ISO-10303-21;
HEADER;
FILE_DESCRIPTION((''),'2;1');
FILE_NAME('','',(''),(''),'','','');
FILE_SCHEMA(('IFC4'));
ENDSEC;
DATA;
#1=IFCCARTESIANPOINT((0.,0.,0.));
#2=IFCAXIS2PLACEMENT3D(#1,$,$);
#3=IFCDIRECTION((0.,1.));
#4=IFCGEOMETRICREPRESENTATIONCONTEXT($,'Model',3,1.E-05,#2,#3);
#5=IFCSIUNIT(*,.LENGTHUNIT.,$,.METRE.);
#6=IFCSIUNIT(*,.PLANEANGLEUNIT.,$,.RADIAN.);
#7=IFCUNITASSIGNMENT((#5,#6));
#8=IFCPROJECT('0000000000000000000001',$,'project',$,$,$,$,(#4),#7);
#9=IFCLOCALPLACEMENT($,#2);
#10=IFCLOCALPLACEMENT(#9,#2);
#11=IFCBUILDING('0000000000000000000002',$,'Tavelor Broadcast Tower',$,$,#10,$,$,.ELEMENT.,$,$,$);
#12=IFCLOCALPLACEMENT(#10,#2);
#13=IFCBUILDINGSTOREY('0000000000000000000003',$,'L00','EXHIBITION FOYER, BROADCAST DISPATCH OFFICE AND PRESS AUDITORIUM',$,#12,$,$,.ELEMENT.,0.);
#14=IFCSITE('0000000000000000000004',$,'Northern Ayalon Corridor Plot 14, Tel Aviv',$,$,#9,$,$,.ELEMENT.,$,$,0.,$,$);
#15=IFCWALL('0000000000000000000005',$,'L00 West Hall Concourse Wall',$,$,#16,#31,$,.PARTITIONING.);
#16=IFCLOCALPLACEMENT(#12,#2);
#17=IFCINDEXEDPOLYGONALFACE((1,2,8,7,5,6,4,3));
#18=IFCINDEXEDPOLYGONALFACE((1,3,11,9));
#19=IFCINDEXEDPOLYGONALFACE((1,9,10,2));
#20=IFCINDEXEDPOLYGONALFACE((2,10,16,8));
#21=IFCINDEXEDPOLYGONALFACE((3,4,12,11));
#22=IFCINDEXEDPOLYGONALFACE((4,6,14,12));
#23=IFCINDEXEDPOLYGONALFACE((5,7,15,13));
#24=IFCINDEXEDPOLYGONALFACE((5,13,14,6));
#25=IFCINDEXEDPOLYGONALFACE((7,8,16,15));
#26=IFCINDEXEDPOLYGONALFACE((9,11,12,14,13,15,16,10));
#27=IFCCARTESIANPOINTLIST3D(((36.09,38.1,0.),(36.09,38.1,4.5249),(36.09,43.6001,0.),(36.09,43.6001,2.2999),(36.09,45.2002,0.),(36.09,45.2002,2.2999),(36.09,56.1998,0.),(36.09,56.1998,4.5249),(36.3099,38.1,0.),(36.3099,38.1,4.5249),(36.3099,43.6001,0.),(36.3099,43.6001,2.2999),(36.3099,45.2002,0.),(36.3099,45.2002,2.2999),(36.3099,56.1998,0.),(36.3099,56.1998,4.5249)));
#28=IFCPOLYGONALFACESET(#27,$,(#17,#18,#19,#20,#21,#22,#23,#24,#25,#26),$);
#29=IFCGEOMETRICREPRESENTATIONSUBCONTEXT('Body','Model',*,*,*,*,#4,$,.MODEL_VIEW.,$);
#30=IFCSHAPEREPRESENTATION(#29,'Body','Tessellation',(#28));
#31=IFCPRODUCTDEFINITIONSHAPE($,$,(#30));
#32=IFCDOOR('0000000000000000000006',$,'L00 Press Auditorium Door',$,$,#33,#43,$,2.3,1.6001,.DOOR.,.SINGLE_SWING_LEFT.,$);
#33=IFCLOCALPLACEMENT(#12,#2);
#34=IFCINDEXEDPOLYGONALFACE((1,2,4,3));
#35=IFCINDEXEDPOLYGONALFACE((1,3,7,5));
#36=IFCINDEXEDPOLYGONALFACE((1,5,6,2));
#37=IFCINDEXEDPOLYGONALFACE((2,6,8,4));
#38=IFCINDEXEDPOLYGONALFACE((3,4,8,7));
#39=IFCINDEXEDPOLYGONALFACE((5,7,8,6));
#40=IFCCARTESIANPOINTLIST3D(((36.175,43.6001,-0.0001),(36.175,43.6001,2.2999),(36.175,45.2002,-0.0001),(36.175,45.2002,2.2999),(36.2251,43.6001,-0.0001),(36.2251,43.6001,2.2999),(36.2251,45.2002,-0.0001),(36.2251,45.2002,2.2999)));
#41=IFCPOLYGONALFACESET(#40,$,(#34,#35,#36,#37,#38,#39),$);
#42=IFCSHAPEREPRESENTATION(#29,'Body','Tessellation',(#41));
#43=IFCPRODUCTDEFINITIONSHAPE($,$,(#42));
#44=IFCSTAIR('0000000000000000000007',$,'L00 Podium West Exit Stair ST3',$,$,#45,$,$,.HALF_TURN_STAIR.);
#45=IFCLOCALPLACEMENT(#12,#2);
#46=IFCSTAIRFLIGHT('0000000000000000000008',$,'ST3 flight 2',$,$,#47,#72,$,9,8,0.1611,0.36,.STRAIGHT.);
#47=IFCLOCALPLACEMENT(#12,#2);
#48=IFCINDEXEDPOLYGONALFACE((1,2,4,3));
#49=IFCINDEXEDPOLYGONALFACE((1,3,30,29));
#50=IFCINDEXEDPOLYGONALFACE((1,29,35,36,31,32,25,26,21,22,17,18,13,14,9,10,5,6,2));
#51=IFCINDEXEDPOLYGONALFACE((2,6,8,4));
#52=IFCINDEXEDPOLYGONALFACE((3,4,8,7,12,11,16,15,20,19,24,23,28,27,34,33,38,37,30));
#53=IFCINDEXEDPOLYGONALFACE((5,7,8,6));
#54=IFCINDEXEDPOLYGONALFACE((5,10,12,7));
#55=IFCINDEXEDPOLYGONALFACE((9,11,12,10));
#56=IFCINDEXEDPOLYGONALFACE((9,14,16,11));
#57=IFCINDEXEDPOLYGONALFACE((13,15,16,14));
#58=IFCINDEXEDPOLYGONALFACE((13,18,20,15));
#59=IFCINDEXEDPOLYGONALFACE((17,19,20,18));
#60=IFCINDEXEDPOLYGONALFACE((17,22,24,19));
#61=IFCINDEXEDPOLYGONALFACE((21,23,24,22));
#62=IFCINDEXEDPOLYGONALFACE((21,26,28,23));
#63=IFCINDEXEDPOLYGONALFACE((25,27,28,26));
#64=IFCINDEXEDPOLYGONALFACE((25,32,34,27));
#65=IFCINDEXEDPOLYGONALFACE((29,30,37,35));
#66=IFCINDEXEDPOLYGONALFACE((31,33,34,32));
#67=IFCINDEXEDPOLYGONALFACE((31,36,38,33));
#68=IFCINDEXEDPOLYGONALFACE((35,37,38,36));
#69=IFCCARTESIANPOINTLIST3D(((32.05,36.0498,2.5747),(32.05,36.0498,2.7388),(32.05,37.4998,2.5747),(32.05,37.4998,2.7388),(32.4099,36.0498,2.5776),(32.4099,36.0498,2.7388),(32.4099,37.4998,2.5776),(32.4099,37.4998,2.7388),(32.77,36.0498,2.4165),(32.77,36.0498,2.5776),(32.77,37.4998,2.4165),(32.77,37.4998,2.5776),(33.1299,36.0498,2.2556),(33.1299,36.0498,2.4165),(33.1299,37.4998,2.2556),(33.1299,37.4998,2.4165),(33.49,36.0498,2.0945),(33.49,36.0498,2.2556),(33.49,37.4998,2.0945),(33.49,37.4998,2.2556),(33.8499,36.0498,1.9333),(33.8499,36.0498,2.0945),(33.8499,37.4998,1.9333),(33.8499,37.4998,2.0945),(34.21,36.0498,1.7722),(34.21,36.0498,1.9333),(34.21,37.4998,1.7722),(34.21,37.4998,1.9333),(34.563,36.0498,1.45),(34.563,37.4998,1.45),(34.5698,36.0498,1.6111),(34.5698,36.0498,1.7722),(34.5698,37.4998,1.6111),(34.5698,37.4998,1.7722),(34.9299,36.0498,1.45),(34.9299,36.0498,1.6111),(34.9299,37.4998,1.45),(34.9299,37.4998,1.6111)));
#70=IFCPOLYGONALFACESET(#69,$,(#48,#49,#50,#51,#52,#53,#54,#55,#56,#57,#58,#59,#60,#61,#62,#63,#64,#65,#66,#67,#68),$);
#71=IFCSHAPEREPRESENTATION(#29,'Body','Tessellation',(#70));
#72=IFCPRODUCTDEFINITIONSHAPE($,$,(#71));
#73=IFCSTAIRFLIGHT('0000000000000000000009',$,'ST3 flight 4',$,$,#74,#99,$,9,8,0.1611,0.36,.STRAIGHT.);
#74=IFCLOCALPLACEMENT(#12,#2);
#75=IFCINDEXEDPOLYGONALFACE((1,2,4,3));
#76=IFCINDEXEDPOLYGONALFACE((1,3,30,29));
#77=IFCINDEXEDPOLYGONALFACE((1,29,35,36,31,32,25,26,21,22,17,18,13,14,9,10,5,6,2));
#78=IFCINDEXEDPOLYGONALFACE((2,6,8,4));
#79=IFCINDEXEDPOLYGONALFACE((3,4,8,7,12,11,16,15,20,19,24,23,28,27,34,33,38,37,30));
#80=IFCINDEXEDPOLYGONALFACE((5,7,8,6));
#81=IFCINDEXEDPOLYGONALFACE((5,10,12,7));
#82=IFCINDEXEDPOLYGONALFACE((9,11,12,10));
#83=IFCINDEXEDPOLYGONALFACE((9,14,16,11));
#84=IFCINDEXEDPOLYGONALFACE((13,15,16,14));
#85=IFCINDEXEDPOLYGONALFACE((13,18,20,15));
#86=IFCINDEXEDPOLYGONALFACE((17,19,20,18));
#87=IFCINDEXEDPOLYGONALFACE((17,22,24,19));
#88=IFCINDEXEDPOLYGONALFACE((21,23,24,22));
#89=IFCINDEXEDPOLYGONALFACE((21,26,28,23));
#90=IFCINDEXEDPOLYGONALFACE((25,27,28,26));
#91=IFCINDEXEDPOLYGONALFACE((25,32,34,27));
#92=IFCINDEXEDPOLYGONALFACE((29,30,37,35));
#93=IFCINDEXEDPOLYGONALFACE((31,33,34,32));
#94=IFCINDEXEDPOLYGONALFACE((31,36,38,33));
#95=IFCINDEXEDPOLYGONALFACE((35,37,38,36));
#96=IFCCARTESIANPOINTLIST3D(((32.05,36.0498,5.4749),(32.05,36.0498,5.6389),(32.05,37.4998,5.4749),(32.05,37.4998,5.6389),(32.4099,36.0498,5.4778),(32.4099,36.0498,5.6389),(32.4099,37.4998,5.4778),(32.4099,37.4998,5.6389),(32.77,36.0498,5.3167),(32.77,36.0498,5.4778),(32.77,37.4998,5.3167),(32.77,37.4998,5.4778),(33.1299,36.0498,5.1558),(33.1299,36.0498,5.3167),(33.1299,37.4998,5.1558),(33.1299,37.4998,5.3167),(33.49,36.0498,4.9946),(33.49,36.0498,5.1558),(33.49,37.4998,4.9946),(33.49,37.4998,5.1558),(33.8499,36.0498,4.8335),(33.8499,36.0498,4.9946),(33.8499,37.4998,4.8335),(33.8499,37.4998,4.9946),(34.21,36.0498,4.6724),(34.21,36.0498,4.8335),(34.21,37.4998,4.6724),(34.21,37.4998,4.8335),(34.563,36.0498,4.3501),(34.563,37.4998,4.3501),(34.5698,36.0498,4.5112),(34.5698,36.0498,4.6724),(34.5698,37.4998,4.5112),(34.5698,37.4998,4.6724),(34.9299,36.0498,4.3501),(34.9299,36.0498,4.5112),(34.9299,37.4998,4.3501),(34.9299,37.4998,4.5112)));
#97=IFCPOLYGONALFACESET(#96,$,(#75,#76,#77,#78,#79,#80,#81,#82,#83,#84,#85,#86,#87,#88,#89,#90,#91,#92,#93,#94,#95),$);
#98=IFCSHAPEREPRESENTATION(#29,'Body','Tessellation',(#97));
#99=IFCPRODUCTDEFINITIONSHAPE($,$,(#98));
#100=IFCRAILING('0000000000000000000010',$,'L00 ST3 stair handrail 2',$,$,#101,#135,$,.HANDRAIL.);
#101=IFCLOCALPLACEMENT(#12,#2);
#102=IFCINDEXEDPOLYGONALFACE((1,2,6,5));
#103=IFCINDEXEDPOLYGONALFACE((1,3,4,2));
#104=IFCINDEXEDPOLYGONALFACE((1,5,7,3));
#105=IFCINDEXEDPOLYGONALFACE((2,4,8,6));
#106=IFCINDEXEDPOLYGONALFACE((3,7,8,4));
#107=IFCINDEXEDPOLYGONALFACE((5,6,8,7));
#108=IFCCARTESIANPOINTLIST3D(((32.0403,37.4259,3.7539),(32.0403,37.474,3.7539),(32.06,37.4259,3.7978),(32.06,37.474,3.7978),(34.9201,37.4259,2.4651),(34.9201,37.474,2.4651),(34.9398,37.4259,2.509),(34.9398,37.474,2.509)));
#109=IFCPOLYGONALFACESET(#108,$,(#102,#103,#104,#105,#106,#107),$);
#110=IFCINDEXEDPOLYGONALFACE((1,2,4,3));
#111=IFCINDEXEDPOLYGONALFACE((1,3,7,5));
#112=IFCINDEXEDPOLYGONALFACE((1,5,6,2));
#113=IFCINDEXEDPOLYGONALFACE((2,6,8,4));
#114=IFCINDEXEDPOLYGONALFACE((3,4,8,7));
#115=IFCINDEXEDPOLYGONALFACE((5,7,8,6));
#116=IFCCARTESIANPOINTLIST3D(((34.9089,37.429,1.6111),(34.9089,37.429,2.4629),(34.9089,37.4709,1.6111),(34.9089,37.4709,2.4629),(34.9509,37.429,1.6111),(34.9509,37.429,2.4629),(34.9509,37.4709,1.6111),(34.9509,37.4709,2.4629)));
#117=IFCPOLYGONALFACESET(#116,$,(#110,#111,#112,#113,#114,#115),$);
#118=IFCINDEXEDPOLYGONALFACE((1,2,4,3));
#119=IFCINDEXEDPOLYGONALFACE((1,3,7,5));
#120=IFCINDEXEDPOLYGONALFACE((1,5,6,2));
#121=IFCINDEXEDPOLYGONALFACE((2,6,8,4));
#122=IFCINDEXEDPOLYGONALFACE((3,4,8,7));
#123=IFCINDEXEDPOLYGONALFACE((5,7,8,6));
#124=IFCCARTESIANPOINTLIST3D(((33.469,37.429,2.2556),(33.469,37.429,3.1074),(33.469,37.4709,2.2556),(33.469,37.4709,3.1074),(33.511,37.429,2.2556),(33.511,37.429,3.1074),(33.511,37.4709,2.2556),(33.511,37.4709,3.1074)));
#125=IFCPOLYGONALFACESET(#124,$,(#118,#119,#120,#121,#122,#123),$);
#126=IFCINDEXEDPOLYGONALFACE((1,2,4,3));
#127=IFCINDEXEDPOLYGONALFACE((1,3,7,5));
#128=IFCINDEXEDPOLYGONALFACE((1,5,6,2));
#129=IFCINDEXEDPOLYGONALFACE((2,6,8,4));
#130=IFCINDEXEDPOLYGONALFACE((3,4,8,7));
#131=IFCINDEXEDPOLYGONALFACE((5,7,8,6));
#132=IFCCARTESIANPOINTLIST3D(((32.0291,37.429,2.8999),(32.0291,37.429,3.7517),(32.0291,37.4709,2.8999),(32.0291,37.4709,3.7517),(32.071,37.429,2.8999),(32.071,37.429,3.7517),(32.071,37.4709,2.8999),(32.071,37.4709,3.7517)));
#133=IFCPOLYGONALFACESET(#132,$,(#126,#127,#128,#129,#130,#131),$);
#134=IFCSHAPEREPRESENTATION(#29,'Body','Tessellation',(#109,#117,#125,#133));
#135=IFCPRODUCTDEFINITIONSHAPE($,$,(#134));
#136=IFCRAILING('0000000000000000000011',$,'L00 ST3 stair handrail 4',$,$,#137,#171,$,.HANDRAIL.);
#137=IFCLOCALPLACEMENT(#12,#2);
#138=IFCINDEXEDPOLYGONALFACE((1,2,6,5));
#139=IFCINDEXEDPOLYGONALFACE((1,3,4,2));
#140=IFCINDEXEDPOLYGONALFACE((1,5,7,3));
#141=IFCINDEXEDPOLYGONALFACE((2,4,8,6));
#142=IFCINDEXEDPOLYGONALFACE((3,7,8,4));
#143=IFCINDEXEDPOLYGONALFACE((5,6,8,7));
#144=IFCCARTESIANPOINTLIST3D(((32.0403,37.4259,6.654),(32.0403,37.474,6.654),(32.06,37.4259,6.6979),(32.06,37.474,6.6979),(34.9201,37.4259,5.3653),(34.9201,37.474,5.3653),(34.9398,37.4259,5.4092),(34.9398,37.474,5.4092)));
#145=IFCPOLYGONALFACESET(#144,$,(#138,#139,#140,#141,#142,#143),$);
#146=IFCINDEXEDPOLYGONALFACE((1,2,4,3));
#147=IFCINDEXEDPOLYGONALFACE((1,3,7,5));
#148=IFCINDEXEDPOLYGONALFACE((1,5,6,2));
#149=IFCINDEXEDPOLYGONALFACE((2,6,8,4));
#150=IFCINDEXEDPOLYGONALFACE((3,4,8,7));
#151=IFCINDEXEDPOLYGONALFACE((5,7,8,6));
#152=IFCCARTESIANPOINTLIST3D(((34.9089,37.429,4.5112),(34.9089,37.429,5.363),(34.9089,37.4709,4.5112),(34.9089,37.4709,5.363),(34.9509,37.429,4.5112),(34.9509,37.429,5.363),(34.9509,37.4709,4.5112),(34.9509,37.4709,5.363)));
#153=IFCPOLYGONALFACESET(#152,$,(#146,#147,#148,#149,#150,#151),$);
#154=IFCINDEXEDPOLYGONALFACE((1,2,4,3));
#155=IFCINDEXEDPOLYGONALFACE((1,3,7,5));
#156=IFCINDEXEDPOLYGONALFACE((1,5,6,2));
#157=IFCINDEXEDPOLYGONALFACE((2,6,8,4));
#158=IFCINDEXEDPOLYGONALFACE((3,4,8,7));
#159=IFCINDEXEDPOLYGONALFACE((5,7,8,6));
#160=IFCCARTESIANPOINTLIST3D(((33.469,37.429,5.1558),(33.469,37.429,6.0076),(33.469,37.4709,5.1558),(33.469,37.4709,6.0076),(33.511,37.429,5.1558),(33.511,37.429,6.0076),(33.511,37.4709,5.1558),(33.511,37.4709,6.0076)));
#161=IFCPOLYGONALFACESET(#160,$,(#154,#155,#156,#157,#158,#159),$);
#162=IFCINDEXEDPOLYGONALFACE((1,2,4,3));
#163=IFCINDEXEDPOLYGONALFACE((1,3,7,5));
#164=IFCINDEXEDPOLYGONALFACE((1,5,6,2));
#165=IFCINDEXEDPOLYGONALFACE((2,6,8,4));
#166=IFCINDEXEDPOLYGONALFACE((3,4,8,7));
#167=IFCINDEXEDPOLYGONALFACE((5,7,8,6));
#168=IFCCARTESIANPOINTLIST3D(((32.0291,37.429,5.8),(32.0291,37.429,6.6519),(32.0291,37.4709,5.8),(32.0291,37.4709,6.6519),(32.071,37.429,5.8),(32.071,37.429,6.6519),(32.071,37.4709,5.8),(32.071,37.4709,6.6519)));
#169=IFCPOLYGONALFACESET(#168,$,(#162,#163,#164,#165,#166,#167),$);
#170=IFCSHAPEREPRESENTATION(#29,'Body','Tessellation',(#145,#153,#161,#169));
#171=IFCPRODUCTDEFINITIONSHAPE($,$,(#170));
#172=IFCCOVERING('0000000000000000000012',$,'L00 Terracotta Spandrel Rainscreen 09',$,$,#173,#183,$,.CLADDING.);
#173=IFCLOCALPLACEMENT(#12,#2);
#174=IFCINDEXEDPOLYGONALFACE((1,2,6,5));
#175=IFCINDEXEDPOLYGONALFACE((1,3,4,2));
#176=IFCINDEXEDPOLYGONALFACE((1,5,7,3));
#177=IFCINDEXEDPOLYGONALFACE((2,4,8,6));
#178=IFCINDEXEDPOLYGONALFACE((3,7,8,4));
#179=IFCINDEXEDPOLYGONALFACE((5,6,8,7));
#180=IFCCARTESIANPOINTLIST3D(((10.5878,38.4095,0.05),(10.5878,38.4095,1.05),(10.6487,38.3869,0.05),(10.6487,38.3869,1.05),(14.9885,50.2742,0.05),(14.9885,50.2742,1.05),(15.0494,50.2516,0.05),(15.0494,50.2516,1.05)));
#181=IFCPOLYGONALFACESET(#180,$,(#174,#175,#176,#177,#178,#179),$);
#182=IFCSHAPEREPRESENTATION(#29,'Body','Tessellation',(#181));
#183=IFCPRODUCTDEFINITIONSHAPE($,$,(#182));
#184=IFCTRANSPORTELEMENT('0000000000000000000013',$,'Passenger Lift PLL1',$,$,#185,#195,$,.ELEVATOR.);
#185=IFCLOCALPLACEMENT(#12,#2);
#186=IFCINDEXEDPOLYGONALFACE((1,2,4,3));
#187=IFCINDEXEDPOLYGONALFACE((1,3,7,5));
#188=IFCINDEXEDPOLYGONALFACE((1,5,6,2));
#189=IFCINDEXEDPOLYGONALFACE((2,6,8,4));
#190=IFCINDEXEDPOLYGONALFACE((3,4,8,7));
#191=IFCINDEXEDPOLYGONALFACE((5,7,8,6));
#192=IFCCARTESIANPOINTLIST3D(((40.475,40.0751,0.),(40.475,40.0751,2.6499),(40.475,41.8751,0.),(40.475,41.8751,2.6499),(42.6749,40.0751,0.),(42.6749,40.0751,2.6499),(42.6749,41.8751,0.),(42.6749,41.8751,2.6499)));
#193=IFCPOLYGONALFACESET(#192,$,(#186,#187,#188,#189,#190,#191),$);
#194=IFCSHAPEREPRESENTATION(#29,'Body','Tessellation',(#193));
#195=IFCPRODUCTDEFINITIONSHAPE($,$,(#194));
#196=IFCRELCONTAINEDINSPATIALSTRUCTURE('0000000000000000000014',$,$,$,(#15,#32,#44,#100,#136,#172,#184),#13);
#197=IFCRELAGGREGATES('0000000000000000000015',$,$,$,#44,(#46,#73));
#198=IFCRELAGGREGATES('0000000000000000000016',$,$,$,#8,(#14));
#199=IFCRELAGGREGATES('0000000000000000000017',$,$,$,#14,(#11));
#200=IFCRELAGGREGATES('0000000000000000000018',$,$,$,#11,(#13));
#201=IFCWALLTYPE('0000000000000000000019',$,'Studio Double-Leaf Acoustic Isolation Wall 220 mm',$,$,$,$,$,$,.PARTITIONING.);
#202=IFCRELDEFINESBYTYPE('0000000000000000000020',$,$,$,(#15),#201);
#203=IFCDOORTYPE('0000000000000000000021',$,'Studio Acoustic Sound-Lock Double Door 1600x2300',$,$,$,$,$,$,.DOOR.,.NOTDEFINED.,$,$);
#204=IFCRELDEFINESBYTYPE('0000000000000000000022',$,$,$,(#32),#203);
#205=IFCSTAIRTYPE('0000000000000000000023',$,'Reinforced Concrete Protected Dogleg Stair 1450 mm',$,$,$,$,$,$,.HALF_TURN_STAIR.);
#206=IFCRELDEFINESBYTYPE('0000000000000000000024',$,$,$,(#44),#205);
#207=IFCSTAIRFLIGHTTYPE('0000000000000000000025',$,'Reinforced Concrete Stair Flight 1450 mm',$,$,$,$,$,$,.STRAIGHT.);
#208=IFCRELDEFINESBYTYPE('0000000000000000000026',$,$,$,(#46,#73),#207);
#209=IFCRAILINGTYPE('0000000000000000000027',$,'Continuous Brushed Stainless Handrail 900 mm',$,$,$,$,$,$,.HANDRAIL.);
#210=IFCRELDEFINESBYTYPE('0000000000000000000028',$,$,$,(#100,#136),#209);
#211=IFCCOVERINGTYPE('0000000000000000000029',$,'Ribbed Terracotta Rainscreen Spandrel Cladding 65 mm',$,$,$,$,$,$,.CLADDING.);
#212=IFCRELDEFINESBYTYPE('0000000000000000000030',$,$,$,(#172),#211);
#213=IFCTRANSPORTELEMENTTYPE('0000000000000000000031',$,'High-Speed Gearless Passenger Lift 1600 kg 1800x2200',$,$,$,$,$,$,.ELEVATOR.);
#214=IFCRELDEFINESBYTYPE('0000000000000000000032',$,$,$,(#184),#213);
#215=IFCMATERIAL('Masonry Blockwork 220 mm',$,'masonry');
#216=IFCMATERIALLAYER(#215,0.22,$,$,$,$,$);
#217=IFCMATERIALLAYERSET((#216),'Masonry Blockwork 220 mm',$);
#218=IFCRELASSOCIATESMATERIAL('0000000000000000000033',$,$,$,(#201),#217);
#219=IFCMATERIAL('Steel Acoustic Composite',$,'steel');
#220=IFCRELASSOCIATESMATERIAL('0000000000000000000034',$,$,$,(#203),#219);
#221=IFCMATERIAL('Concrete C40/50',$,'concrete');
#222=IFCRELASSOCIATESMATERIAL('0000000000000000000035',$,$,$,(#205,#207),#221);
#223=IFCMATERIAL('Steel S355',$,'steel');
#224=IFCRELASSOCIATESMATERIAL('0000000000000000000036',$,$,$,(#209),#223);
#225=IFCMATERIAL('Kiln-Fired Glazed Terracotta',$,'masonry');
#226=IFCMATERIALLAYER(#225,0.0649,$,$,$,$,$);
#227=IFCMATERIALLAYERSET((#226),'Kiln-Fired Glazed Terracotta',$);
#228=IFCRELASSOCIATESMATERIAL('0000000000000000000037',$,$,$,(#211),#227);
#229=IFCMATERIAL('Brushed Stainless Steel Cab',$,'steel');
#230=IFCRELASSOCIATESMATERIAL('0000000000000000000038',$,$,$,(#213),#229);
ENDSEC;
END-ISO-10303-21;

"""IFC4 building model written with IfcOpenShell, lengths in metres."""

from ifc_helpers import new_model, si_unit, direction, frame, frame_2d, origin, origin_2d, place, context, subcontext, project, spatial, polyline, rectangle, outline, extrude, material, layer, layer_set, type_object, element, fill, aggregate, save


model = new_model("IFC4")

# Units and contexts
model_context = context("Model", 3, precision=1e-05, world=origin(), true_north=direction((0.0, 1.0)))
body_context = subcontext(model_context, "Body", "Model", "MODEL_VIEW")
ifc_project = project(units=[si_unit("LENGTHUNIT", "METRE"), si_unit("PLANEANGLEUNIT", "RADIAN")], contexts=[model_context])

# Site, building, storey
site_placement = place(None, origin())
site = spatial("IfcSite", under=ifc_project, at=site_placement, Name="Northern Ayalon Corridor Plot 14, Tel Aviv", CompositionType="ELEMENT", RefElevation=0.0)
building_placement = place(site_placement, origin())
building = spatial("IfcBuilding", under=site, at=building_placement, Name="Tavelor Broadcast Tower", CompositionType="ELEMENT")
storey_placement = place(building_placement, origin())
storey = spatial("IfcBuildingStorey", under=building, at=storey_placement, Name="L00", Description="EXHIBITION FOYER, BROADCAST DISPATCH OFFICE AND PRESS AUDITORIUM", CompositionType="ELEMENT", Elevation=0.0)

# Shared definitions
ifc_material_1 = material(Name="Steel S355", Category="steel")

# Shared definitions
ifc_material_2 = material(Name="Concrete C40/50", Category="concrete")

# Wall, opening, door
ifc_material_3 = material(Name="Masonry Blockwork 220 mm", Category="masonry")
ifc_layer_1 = layer(ifc_material_3, 0.22)
ifc_layer_set_1 = layer_set([ifc_layer_1], Name="Masonry Blockwork 220 mm")
wall_type_1 = type_object("IfcWallType", Name="Studio Double-Leaf Acoustic Isolation Wall 220 mm", PredefinedType="PARTITIONING", material=ifc_layer_set_1)
wall_1_placement = place(storey_placement, frame((36.2, 38.1001, 0.0), z_axis=(0.0, 0.0, 1.0), x_axis=(0.0, 1.0, 0.0)))
wall_1 = element("IfcWall", 1, at=wall_1_placement, inside=storey, type_object=wall_type_1, Name="L00 West Hall Concourse Wall", PredefinedType="PARTITIONING", context=body_context, shape_type="SweptSolid", body=[
    extrude(rectangle(XDim=18.0999, YDim=0.22, at=frame_2d((9.0498, 0.0))), origin(), (0.0, 0.0, 1.0), 4.5249),
])
opening_1_placement = place(wall_1_placement, frame((5.5, 0.0, 0.0)))
opening_1 = element("IfcOpeningElement", 2, at=opening_1_placement, cuts=wall_1, PredefinedType="OPENING", context=body_context, shape_type="SweptSolid", body=[
    extrude(rectangle(XDim=1.6001, YDim=2.3, at=frame_2d((0.8, 1.1499))), frame((0.0, 0.1201, 0.0), z_axis=(0.0, -1.0, 0.0), x_axis=(1.0, 0.0, 0.0)), (0.0, 0.0, 1.0), 0.24),
])
ifc_material_4 = material(Name="Steel Acoustic Composite", Category="steel")
door_type_1 = type_object("IfcDoorType", Name="Studio Acoustic Sound-Lock Double Door 1600x2300", OperationType="NOTDEFINED", PredefinedType="DOOR", material=ifc_material_4)
door_1_placement = place(opening_1_placement, origin())
door_1 = element("IfcDoor", 3, at=door_1_placement, inside=storey, type_object=door_type_1, Name="L00 Press Auditorium Door", OperationType="SINGLE_SWING_LEFT", OverallHeight=2.3, OverallWidth=1.6001, PredefinedType="DOOR", context=body_context, shape_type="SweptSolid", body=[
    extrude(rectangle(XDim=1.6001, YDim=2.3, at=frame_2d((0.8, 1.1499))), frame((0.0, 0.0249, 0.0), z_axis=(0.0, -1.0, 0.0), x_axis=(1.0, 0.0, 0.0)), (0.0, 0.0, 1.0), 0.05),
])
fill(opening_1, door_1)

# Stair, stair flights
stair_type = type_object("IfcStairType", Name="Reinforced Concrete Protected Dogleg Stair 1450 mm", PredefinedType="HALF_TURN_STAIR", material=ifc_material_2)
stair_placement = place(storey_placement, origin())
stair = element("IfcStair", 4, at=stair_placement, inside=storey, type_object=stair_type, Name="L00 Podium West Exit Stair ST3", PredefinedType="HALF_TURN_STAIR")
stair_flight_type = type_object("IfcStairFlightType", Name="Reinforced Concrete Stair Flight 1450 mm", PredefinedType="STRAIGHT", material=ifc_material_2)
stair_flight_1_placement = place(storey_placement, frame((34.9299, 36.7749, 1.45), z_axis=(0.0, 0.0, 1.0), x_axis=(-1.0, 0.0, 0.0)))
stair_flight_1 = element("IfcStairFlight", 5, at=stair_flight_1_placement, type_object=stair_flight_type, Name="ST3 flight 2", NumberOfRisers=9, NumberOfTreads=8, PredefinedType="STRAIGHT", RiserHeight=0.1611, TreadLength=0.36, context=body_context, shape_type="SweptSolid", body=[
    extrude(outline(polyline([(0.0, 0.0), (0.0, 0.1611), (0.3601, 0.1611), (0.3601, 0.3223), (0.72, 0.3223), (0.72, 0.4834), (1.0801, 0.4834), (1.0801, 0.6445), (1.4399, 0.6445), (1.4399, 0.8057), (1.8, 0.8057), (1.8, 0.9666), (2.1599, 0.9666), (2.1599, 1.1277), (2.52, 1.1277), (2.52, 1.2888), (2.8799, 1.2888), (2.8799, 1.45), (2.8799, 1.1248), (0.3669, 0.0), (0.0, 0.0)])), frame((0.0, 0.7251, 0.0), z_axis=(0.0, -1.0, 0.0), x_axis=(1.0, 0.0, 0.0)), (0.0, 0.0, 1.0), 1.45),
])
stair_flight_2_placement = place(storey_placement, frame((34.9299, 36.7749, 4.3501), z_axis=(0.0, 0.0, 1.0), x_axis=(-1.0, 0.0, 0.0)))
stair_flight_2 = element("IfcStairFlight", 6, at=stair_flight_2_placement, type_object=stair_flight_type, Name="ST3 flight 4", NumberOfRisers=9, NumberOfTreads=8, PredefinedType="STRAIGHT", RiserHeight=0.1611, TreadLength=0.36, context=body_context, shape_type="SweptSolid", body=[
    extrude(outline(polyline([(0.0, 0.0), (0.0, 0.1611), (0.3601, 0.1611), (0.3601, 0.3223), (0.72, 0.3223), (0.72, 0.4834), (1.0801, 0.4834), (1.0801, 0.6445), (1.4399, 0.6445), (1.4399, 0.8057), (1.8, 0.8057), (1.8, 0.9666), (2.1599, 0.9666), (2.1599, 1.1277), (2.52, 1.1277), (2.52, 1.2888), (2.8799, 1.2888), (2.8799, 1.45), (2.8799, 1.1248), (0.3669, 0.0), (0.0, 0.0)])), frame((0.0, 0.7251, 0.0), z_axis=(0.0, -1.0, 0.0), x_axis=(1.0, 0.0, 0.0)), (0.0, 0.0, 1.0), 1.45),
])
aggregate(stair, [stair_flight_1, stair_flight_2])

# Railings
railing_type = type_object("IfcRailingType", Name="Continuous Brushed Stainless Handrail 900 mm", PredefinedType="HANDRAIL", material=ifc_material_1)
for number, where, name in (
    (7, (34.9299, 37.45, 1.6111), "L00 ST3 stair handrail 2"),
    (8, (34.9299, 37.45, 4.5112), "L00 ST3 stair handrail 4"),
):
    element("IfcRailing", number, at=place(storey_placement, frame(where)), inside=storey, type_object=railing_type, Name=name, PredefinedType="HANDRAIL", context=body_context, shape_type="SweptSolid", body=[
        extrude(rectangle(XDim=0.0481, YDim=0.0481, at=origin_2d()), frame((0.0, 0.0, 0.876), z_axis=(-0.912765, 0.0, 0.408485), x_axis=(0.0, -1.0, 0.0)), (0.0, 0.0, 1.0), 3.155),
        extrude(rectangle(XDim=0.042, YDim=0.042, at=origin_2d()), origin(), (0.0, 0.0, 1.0), 0.8518),
        extrude(rectangle(XDim=0.042, YDim=0.042, at=origin_2d()), frame((-1.4399, 0.0, 0.6445)), (0.0, 0.0, 1.0), 0.8518),
        extrude(rectangle(XDim=0.042, YDim=0.042, at=origin_2d()), frame((-2.8799, 0.0, 1.2888)), (0.0, 0.0, 1.0), 0.8518),
    ])

# Covering
ifc_material_5 = material(Name="Kiln-Fired Glazed Terracotta", Category="masonry")
ifc_layer_2 = layer(ifc_material_5, 0.0649)
ifc_layer_set_2 = layer_set([ifc_layer_2], Name="Kiln-Fired Glazed Terracotta")
covering_type = type_object("IfcCoveringType", Name="Ribbed Terracotta Rainscreen Spandrel Cladding 65 mm", PredefinedType="CLADDING", material=ifc_layer_set_2)
covering_placement = place(storey_placement, frame((12.8186, 44.3306, 0.05), z_axis=(0.0, 0.0, 1.0), x_axis=(-0.347754, -0.937586, 0.0)))
element("IfcCovering", 9, at=covering_placement, inside=storey, type_object=covering_type, Name="L00 Terracotta Spandrel Rainscreen 09", PredefinedType="CLADDING", context=body_context, shape_type="SweptSolid", body=[
    extrude(rectangle(XDim=12.6545, YDim=0.0649, at=origin_2d()), origin(), (0.0, 0.0, 1.0), 1.0),
])

# Transport element
ifc_material_6 = material(Name="Brushed Stainless Steel Cab", Category="steel")
transport_element_type = type_object("IfcTransportElementType", Name="High-Speed Gearless Passenger Lift 1600 kg 1800x2200", PredefinedType="ELEVATOR", material=ifc_material_6)
for number, where, z_axis, x_axis, name in (
    (10, (41.575, 40.9751, 0.0), (0.0, 0.0, 1.0), (0.0, 1.0, 0.0), "Passenger Lift PLL1"),
):
    element("IfcTransportElement", number, at=place(storey_placement, frame(where, z_axis=z_axis, x_axis=x_axis)), inside=storey, type_object=transport_element_type, Name=name, PredefinedType="ELEVATOR", context=body_context, shape_type="SweptSolid", body=[
        extrude(rectangle(XDim=1.8, YDim=2.2, at=origin_2d()), origin(), (0.0, 0.0, 1.0), 2.6499),
    ])

save(model, "model.ifc")
